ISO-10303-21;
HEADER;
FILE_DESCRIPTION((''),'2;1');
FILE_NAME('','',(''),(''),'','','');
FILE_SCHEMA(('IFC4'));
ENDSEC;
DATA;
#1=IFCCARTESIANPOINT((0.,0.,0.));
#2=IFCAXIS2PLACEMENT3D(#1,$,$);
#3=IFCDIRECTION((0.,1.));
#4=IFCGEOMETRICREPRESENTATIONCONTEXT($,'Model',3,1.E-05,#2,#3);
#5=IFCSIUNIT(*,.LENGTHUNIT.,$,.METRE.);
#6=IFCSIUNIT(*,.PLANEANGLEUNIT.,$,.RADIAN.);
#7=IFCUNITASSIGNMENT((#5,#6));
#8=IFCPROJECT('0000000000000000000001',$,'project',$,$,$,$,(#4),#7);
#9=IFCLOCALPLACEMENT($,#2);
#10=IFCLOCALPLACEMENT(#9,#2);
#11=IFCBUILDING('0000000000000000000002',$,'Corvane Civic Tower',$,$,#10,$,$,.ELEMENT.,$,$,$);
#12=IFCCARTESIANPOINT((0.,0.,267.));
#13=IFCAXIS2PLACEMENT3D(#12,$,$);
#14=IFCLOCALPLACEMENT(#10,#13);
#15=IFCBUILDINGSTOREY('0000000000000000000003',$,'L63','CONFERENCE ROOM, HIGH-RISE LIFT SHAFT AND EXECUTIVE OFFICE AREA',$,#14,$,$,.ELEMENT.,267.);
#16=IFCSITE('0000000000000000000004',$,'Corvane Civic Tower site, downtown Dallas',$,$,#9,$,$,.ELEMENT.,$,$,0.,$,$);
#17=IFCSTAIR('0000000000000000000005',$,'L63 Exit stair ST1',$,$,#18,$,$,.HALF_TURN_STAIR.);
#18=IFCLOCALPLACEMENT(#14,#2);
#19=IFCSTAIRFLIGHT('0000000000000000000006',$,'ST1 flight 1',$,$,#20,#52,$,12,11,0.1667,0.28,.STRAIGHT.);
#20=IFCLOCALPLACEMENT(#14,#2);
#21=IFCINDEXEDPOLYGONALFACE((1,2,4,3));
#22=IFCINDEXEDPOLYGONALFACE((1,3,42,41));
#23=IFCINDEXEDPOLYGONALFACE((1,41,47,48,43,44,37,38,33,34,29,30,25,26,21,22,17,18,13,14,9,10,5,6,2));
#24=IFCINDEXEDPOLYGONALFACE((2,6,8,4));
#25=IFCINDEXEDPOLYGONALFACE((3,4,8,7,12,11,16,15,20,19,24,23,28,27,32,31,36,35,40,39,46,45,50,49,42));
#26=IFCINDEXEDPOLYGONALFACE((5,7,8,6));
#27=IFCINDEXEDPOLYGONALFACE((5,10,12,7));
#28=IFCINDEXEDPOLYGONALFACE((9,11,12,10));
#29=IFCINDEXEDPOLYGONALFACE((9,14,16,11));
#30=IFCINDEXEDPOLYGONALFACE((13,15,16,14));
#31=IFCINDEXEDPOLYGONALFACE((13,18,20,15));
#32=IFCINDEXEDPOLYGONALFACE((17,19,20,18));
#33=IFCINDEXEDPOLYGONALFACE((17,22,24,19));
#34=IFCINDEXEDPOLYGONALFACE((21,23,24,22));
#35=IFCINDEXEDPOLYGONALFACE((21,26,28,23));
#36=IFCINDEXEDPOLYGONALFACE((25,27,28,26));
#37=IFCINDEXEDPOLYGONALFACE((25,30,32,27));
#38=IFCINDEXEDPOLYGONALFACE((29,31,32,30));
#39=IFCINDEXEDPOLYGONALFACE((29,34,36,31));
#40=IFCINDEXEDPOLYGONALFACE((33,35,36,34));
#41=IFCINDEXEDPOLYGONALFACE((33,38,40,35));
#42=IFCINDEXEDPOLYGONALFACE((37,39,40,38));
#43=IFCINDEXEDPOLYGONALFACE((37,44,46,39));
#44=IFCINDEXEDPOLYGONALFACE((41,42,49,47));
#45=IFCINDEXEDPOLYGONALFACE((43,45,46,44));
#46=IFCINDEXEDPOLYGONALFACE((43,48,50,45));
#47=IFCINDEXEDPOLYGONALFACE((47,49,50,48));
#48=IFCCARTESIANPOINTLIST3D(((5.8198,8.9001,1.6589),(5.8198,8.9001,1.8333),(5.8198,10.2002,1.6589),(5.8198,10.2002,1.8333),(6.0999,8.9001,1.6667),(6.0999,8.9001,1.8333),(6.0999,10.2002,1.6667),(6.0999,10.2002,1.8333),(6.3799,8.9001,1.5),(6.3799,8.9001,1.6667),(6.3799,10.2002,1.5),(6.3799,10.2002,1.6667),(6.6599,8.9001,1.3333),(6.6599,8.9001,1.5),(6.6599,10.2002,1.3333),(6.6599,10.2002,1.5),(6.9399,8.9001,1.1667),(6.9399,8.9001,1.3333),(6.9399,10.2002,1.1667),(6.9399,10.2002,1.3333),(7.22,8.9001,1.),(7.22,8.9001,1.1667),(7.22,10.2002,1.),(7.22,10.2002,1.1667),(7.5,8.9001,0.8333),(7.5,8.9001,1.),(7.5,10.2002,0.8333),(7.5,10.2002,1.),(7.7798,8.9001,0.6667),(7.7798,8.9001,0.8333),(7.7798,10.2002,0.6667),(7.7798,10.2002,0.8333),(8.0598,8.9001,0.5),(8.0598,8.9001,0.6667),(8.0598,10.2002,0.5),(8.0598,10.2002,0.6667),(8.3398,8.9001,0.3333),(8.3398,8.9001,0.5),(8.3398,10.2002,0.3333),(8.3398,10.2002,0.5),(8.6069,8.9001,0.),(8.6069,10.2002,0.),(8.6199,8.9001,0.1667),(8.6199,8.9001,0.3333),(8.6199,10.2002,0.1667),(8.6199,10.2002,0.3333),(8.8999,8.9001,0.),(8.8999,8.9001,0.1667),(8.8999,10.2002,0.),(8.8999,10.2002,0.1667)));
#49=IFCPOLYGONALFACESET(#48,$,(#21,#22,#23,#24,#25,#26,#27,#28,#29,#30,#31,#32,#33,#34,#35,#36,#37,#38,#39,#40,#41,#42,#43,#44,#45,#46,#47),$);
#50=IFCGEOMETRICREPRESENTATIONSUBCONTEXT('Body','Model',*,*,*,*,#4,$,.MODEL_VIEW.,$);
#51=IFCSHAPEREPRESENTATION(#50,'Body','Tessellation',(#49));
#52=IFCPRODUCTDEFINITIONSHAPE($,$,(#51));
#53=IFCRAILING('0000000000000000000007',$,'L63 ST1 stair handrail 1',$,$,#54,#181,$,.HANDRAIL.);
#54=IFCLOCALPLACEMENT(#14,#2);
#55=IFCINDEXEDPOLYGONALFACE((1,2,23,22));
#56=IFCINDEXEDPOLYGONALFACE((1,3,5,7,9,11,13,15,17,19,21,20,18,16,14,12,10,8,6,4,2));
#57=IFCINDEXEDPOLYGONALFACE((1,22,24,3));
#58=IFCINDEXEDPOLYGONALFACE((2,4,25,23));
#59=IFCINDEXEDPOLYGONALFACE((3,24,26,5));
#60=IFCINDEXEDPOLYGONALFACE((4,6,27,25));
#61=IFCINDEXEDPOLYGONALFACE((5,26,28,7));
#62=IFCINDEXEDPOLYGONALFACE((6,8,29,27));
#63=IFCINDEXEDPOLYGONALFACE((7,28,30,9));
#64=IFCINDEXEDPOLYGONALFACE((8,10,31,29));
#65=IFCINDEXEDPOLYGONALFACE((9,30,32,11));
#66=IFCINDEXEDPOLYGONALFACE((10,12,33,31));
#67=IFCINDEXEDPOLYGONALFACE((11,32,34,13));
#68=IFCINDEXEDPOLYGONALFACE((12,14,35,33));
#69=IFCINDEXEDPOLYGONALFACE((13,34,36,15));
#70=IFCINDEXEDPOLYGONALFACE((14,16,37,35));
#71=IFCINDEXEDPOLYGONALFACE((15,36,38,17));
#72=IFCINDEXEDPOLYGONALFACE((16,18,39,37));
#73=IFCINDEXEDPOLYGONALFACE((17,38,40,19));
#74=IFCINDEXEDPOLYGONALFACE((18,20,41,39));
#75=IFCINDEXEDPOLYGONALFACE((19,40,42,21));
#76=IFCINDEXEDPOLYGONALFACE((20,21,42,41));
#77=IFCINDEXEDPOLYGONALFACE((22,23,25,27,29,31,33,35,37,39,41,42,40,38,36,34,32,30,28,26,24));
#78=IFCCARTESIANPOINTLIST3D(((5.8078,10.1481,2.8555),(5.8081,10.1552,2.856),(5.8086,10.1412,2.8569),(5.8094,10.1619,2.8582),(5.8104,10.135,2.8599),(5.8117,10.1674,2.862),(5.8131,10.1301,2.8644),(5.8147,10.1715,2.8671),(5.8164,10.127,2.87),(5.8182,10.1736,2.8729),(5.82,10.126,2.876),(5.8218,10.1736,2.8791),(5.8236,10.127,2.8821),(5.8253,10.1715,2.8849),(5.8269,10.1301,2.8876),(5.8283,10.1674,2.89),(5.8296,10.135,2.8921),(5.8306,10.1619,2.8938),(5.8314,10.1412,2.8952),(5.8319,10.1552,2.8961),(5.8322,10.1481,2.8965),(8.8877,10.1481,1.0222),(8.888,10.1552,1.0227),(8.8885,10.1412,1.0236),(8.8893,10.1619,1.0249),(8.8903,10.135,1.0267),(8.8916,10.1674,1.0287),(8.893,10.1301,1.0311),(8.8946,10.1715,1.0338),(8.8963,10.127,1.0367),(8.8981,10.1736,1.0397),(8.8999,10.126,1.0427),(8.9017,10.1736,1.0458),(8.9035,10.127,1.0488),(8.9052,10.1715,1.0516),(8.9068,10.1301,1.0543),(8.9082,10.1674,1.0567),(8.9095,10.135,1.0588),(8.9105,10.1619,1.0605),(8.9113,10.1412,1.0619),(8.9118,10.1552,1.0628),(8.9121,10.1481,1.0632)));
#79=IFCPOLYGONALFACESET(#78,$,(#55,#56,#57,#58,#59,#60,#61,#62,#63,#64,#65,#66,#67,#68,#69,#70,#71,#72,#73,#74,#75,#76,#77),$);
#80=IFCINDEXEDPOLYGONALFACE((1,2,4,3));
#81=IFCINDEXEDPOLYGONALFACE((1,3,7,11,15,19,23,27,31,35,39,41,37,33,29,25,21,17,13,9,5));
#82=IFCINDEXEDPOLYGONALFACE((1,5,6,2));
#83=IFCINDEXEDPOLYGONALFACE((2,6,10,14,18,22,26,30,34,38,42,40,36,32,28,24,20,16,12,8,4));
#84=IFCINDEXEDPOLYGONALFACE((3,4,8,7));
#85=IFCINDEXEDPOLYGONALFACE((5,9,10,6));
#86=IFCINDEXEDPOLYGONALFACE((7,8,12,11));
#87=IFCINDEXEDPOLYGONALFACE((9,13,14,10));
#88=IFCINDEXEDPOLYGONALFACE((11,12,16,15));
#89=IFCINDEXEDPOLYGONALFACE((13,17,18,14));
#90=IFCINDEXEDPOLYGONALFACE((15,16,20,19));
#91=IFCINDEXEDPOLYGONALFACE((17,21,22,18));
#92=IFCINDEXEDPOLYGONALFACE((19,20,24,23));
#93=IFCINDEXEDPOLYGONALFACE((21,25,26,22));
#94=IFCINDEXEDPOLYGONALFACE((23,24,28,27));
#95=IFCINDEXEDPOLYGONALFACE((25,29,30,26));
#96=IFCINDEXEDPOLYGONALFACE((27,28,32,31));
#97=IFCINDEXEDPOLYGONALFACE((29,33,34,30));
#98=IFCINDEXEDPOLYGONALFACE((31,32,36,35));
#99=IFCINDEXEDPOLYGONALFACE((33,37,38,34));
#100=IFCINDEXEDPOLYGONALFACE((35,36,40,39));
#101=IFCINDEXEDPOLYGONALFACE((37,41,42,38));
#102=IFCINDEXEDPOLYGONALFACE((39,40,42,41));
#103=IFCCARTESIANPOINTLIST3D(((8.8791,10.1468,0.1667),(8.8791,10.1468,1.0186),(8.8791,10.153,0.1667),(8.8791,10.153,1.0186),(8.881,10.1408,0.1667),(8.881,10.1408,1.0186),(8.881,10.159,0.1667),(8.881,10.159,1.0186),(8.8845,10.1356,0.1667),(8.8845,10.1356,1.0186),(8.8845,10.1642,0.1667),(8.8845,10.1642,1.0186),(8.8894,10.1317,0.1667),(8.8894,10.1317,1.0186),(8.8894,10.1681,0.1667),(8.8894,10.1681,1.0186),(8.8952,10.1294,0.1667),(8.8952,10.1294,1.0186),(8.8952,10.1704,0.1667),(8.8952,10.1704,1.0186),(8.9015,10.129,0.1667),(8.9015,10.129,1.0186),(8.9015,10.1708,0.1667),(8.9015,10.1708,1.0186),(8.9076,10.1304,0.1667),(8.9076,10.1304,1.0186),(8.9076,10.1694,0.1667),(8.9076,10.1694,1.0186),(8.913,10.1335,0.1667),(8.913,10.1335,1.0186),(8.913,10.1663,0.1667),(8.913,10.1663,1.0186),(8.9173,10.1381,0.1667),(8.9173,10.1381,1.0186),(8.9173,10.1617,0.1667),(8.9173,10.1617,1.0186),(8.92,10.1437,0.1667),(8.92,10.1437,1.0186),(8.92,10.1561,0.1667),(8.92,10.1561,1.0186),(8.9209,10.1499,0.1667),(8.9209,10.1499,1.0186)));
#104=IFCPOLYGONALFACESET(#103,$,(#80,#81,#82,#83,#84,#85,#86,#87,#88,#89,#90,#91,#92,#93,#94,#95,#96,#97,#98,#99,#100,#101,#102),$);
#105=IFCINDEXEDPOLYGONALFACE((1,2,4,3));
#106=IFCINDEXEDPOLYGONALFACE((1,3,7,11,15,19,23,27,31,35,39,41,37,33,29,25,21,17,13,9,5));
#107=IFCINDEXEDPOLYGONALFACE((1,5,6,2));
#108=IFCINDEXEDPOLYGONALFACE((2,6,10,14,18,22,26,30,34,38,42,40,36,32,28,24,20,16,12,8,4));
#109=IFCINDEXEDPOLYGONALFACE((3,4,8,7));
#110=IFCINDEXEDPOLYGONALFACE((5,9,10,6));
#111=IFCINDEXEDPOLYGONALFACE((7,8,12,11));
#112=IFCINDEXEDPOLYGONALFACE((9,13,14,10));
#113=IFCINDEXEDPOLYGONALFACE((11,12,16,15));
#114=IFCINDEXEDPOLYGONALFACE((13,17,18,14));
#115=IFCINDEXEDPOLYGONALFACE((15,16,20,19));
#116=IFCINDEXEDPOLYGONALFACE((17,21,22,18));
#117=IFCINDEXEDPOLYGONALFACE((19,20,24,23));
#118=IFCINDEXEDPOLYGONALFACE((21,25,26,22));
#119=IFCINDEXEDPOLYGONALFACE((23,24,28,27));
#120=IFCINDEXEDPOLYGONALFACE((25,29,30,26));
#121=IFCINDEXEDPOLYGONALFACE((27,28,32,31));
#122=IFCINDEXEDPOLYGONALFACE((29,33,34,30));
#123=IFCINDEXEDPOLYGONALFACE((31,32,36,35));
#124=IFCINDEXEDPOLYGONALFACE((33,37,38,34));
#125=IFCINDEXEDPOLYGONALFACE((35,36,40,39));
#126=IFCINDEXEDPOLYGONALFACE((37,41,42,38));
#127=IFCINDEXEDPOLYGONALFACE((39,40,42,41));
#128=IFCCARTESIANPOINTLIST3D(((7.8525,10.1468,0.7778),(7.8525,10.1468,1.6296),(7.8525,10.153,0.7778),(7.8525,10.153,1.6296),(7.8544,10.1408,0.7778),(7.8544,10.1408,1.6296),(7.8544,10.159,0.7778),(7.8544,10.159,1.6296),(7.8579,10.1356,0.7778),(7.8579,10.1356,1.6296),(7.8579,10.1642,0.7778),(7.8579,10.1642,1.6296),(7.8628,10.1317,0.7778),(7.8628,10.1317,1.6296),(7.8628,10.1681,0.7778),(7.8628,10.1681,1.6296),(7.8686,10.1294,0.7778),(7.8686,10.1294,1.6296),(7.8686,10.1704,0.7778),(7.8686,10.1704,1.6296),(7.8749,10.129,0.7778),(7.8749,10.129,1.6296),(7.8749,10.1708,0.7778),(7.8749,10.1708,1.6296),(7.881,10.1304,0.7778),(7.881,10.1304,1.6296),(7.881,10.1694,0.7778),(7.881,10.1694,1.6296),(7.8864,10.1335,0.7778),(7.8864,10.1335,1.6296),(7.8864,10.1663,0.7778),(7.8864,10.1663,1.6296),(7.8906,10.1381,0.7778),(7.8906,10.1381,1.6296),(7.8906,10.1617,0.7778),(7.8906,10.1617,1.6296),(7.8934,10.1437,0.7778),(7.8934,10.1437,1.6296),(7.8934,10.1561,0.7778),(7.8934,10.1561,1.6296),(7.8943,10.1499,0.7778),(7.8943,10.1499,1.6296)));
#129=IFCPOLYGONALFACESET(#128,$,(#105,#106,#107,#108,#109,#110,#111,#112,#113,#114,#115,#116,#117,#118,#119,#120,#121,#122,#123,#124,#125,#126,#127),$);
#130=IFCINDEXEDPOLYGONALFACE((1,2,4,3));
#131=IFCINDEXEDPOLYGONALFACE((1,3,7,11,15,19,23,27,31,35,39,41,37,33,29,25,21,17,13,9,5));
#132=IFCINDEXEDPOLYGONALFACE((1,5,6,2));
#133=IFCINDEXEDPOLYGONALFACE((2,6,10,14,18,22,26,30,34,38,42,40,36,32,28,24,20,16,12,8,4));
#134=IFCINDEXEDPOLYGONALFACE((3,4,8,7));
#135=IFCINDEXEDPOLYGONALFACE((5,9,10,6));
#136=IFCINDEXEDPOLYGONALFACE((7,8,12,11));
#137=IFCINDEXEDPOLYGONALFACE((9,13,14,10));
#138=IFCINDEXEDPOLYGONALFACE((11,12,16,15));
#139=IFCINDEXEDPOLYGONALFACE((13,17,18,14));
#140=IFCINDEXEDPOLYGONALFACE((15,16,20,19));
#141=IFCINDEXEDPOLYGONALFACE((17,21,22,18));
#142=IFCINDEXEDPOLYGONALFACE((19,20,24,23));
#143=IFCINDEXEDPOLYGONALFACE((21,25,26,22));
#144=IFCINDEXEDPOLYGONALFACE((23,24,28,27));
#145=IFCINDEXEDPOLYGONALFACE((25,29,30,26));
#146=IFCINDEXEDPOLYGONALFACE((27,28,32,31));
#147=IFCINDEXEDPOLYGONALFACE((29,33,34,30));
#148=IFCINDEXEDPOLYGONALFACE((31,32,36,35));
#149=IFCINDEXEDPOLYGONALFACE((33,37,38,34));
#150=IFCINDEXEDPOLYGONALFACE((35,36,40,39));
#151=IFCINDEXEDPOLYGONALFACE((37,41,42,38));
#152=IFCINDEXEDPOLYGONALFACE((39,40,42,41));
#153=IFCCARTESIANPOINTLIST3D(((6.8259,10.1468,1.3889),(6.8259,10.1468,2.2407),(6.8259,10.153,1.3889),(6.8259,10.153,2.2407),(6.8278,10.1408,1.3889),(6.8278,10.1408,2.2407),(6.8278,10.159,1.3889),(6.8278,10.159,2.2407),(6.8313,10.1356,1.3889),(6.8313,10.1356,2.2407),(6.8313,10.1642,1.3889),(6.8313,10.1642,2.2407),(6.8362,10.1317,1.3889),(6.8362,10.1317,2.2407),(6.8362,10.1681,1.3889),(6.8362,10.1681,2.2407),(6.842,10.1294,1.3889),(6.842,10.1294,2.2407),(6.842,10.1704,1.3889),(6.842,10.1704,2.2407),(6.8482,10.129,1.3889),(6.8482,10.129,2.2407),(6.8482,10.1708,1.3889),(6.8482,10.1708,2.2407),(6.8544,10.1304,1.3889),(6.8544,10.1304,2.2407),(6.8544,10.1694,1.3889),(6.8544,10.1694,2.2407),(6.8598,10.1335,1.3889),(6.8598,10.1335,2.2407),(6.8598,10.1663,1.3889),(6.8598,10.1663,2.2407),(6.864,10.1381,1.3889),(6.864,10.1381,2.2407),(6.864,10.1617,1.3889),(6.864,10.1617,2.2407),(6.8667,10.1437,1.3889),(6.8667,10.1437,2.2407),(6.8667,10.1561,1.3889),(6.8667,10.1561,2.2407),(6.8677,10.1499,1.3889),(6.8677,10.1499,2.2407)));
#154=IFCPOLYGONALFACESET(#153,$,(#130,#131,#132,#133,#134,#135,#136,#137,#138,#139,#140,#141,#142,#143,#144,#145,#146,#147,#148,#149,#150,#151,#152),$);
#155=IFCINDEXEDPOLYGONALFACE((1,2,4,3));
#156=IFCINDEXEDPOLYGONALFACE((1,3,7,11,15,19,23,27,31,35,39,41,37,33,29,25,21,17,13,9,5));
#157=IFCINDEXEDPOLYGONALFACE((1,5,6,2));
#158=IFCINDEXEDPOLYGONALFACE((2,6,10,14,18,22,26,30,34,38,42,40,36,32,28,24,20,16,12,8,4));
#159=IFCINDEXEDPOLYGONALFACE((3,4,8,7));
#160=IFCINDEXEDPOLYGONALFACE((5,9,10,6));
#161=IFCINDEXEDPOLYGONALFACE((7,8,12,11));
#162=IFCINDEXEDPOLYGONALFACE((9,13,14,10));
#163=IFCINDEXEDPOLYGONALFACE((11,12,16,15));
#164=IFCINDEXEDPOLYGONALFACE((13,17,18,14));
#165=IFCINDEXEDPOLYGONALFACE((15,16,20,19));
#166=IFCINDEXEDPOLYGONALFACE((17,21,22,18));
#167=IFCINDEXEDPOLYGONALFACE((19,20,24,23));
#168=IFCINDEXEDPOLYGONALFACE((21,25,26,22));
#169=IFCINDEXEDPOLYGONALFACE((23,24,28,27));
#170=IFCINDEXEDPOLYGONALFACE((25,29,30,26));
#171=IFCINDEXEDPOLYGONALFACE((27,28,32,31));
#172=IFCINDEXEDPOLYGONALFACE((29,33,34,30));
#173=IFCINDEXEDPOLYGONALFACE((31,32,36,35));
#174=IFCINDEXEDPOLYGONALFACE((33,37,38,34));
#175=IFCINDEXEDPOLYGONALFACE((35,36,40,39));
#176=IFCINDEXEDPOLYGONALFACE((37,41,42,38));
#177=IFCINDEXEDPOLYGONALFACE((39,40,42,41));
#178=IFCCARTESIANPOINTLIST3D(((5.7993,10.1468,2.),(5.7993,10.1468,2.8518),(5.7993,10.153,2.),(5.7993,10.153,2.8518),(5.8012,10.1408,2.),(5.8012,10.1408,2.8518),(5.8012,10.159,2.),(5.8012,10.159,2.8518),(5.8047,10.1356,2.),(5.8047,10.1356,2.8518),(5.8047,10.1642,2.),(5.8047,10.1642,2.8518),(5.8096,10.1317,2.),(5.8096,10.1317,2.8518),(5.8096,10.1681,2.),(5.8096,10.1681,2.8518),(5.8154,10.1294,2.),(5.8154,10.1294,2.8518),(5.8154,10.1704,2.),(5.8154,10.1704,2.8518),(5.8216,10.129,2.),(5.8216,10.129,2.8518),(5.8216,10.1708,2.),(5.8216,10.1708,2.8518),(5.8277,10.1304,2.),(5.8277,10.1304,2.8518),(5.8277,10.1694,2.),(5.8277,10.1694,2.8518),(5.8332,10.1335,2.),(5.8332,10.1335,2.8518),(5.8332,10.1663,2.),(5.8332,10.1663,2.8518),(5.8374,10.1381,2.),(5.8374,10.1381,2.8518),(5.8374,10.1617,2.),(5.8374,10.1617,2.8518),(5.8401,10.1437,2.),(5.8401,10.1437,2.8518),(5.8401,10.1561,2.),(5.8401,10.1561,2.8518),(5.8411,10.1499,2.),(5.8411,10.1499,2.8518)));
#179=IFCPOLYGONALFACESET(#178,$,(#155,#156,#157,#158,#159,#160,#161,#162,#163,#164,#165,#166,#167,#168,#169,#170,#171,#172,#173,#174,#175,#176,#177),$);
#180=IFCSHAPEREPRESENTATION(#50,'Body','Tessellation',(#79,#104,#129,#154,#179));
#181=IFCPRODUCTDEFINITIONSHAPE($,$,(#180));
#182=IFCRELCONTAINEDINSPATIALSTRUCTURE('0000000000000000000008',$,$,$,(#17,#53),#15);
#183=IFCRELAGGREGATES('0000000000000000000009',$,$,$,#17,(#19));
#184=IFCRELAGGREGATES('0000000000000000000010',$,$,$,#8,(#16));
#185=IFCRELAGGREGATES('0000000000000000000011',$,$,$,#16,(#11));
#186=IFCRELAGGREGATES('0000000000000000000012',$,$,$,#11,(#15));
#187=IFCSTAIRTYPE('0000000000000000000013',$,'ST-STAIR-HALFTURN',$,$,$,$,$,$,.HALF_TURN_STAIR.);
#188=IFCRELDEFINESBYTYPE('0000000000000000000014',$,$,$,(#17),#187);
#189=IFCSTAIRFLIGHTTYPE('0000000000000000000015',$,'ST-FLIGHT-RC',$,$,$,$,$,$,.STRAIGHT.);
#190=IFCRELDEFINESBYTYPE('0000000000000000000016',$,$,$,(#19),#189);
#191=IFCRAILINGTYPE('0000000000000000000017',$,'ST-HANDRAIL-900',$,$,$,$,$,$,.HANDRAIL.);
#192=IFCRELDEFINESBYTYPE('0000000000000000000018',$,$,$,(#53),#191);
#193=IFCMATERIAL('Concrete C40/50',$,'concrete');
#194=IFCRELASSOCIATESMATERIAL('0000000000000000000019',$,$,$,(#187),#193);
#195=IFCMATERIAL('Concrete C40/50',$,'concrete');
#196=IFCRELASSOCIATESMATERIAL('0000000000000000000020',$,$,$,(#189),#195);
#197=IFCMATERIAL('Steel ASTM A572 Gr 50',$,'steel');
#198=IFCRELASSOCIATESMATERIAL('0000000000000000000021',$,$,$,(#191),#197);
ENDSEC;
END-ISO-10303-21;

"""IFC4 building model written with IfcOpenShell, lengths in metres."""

from ifc_helpers import new_model, si_unit, direction, frame, origin, origin_2d, place, context, subcontext, project, spatial, polyline, circle, outline, extrude, material, type_object, element, aggregate, save


model = new_model("IFC4")

# Units and contexts
model_context = context("Model", 3, precision=1e-05, world=origin(), true_north=direction((0.0, 1.0)))
body_context = subcontext(model_context, "Body", "Model", "MODEL_VIEW")
ifc_project = project(units=[si_unit("LENGTHUNIT", "METRE"), si_unit("PLANEANGLEUNIT", "RADIAN")], contexts=[model_context])

# Site, building, storey
site_placement = place(None, origin())
site = spatial("IfcSite", under=ifc_project, at=site_placement, Name="Corvane Civic Tower site, downtown Dallas", CompositionType="ELEMENT", RefElevation=0.0)
building_placement = place(site_placement, origin())
building = spatial("IfcBuilding", under=site, at=building_placement, Name="Corvane Civic Tower", CompositionType="ELEMENT")
storey_placement = place(building_placement, frame((0.0, 0.0, 267.0)))
storey = spatial("IfcBuildingStorey", under=building, at=storey_placement, Name="L63", Description="CONFERENCE ROOM, HIGH-RISE LIFT SHAFT AND EXECUTIVE OFFICE AREA", CompositionType="ELEMENT", Elevation=267.0)

# Stair, stair flight
ifc_material_1 = material(Name="Concrete C40/50", Category="concrete")
stair_type = type_object("IfcStairType", Name="ST-STAIR-HALFTURN", PredefinedType="HALF_TURN_STAIR", material=ifc_material_1)
stair_placement = place(storey_placement, origin())
stair = element("IfcStair", 1, at=stair_placement, inside=storey, type_object=stair_type, Name="L63 Exit stair ST1", PredefinedType="HALF_TURN_STAIR")
ifc_material_2 = material(Name="Concrete C40/50", Category="concrete")
stair_flight_type = type_object("IfcStairFlightType", Name="ST-FLIGHT-RC", PredefinedType="STRAIGHT", material=ifc_material_2)
stair_flight_placement = place(storey_placement, frame((8.8999, 9.55, 0.0), z_axis=(0.0, 0.0, 1.0), x_axis=(-1.0, 0.0, 0.0)))
stair_flight = element("IfcStairFlight", 2, at=stair_flight_placement, type_object=stair_flight_type, Name="ST1 flight 1", NumberOfRisers=12, NumberOfTreads=11, PredefinedType="STRAIGHT", RiserHeight=0.1667, TreadLength=0.28, context=body_context, shape_type="SweptSolid", body=[
    extrude(outline(polyline([(0.0, 0.0), (0.0, 0.1667), (0.28, 0.1667), (0.28, 0.3333), (0.5601, 0.3333), (0.5601, 0.5), (0.8401, 0.5), (0.8401, 0.6667), (1.1201, 0.6667), (1.1201, 0.8333), (1.3999, 0.8333), (1.3999, 1.0), (1.6799, 1.0), (1.6799, 1.1667), (1.96, 1.1667), (1.96, 1.3333), (2.24, 1.3333), (2.24, 1.5), (2.52, 1.5), (2.52, 1.6667), (2.8, 1.6667), (2.8, 1.8333), (3.0801, 1.8333), (3.0801, 2.0), (3.0801, 1.6589), (0.293, 0.0), (0.0, 0.0)])), frame((0.0, 0.6499, 0.0), z_axis=(0.0, -1.0, 0.0), x_axis=(1.0, 0.0, 0.0)), (0.0, 0.0, 1.0), 1.3),
])
aggregate(stair, [stair_flight])

# Railing
ifc_material_3 = material(Name="Steel ASTM A572 Gr 50", Category="steel")
railing_type = type_object("IfcRailingType", Name="ST-HANDRAIL-900", PredefinedType="HANDRAIL", material=ifc_material_3)
railing_placement = place(storey_placement, frame((8.8999, 10.1499, 0.1667)))
element("IfcRailing", 3, at=railing_placement, inside=storey, type_object=railing_type, Name="L63 ST1 stair handrail 1", PredefinedType="HANDRAIL", context=body_context, shape_type="SweptSolid", body=[
    extrude(circle(Radius=0.0239, at=origin_2d()), frame((0.0, 0.0, 0.876), z_axis=(-0.859291, 0.0, 0.511487), x_axis=(0.0, -1.0, 0.0)), (0.0, 0.0, 1.0), 3.5842),
    extrude(circle(Radius=0.021, at=origin_2d()), origin(), (0.0, 0.0, 1.0), 0.8518),
    extrude(circle(Radius=0.021, at=origin_2d()), frame((-1.0266, 0.0, 0.6111)), (0.0, 0.0, 1.0), 0.8518),
    extrude(circle(Radius=0.021, at=origin_2d()), frame((-2.0532, 0.0, 1.2222)), (0.0, 0.0, 1.0), 0.8518),
    extrude(circle(Radius=0.021, at=origin_2d()), frame((-3.0798, 0.0, 1.8333)), (0.0, 0.0, 1.0), 0.8518),
])

save(model, "model.ifc")
